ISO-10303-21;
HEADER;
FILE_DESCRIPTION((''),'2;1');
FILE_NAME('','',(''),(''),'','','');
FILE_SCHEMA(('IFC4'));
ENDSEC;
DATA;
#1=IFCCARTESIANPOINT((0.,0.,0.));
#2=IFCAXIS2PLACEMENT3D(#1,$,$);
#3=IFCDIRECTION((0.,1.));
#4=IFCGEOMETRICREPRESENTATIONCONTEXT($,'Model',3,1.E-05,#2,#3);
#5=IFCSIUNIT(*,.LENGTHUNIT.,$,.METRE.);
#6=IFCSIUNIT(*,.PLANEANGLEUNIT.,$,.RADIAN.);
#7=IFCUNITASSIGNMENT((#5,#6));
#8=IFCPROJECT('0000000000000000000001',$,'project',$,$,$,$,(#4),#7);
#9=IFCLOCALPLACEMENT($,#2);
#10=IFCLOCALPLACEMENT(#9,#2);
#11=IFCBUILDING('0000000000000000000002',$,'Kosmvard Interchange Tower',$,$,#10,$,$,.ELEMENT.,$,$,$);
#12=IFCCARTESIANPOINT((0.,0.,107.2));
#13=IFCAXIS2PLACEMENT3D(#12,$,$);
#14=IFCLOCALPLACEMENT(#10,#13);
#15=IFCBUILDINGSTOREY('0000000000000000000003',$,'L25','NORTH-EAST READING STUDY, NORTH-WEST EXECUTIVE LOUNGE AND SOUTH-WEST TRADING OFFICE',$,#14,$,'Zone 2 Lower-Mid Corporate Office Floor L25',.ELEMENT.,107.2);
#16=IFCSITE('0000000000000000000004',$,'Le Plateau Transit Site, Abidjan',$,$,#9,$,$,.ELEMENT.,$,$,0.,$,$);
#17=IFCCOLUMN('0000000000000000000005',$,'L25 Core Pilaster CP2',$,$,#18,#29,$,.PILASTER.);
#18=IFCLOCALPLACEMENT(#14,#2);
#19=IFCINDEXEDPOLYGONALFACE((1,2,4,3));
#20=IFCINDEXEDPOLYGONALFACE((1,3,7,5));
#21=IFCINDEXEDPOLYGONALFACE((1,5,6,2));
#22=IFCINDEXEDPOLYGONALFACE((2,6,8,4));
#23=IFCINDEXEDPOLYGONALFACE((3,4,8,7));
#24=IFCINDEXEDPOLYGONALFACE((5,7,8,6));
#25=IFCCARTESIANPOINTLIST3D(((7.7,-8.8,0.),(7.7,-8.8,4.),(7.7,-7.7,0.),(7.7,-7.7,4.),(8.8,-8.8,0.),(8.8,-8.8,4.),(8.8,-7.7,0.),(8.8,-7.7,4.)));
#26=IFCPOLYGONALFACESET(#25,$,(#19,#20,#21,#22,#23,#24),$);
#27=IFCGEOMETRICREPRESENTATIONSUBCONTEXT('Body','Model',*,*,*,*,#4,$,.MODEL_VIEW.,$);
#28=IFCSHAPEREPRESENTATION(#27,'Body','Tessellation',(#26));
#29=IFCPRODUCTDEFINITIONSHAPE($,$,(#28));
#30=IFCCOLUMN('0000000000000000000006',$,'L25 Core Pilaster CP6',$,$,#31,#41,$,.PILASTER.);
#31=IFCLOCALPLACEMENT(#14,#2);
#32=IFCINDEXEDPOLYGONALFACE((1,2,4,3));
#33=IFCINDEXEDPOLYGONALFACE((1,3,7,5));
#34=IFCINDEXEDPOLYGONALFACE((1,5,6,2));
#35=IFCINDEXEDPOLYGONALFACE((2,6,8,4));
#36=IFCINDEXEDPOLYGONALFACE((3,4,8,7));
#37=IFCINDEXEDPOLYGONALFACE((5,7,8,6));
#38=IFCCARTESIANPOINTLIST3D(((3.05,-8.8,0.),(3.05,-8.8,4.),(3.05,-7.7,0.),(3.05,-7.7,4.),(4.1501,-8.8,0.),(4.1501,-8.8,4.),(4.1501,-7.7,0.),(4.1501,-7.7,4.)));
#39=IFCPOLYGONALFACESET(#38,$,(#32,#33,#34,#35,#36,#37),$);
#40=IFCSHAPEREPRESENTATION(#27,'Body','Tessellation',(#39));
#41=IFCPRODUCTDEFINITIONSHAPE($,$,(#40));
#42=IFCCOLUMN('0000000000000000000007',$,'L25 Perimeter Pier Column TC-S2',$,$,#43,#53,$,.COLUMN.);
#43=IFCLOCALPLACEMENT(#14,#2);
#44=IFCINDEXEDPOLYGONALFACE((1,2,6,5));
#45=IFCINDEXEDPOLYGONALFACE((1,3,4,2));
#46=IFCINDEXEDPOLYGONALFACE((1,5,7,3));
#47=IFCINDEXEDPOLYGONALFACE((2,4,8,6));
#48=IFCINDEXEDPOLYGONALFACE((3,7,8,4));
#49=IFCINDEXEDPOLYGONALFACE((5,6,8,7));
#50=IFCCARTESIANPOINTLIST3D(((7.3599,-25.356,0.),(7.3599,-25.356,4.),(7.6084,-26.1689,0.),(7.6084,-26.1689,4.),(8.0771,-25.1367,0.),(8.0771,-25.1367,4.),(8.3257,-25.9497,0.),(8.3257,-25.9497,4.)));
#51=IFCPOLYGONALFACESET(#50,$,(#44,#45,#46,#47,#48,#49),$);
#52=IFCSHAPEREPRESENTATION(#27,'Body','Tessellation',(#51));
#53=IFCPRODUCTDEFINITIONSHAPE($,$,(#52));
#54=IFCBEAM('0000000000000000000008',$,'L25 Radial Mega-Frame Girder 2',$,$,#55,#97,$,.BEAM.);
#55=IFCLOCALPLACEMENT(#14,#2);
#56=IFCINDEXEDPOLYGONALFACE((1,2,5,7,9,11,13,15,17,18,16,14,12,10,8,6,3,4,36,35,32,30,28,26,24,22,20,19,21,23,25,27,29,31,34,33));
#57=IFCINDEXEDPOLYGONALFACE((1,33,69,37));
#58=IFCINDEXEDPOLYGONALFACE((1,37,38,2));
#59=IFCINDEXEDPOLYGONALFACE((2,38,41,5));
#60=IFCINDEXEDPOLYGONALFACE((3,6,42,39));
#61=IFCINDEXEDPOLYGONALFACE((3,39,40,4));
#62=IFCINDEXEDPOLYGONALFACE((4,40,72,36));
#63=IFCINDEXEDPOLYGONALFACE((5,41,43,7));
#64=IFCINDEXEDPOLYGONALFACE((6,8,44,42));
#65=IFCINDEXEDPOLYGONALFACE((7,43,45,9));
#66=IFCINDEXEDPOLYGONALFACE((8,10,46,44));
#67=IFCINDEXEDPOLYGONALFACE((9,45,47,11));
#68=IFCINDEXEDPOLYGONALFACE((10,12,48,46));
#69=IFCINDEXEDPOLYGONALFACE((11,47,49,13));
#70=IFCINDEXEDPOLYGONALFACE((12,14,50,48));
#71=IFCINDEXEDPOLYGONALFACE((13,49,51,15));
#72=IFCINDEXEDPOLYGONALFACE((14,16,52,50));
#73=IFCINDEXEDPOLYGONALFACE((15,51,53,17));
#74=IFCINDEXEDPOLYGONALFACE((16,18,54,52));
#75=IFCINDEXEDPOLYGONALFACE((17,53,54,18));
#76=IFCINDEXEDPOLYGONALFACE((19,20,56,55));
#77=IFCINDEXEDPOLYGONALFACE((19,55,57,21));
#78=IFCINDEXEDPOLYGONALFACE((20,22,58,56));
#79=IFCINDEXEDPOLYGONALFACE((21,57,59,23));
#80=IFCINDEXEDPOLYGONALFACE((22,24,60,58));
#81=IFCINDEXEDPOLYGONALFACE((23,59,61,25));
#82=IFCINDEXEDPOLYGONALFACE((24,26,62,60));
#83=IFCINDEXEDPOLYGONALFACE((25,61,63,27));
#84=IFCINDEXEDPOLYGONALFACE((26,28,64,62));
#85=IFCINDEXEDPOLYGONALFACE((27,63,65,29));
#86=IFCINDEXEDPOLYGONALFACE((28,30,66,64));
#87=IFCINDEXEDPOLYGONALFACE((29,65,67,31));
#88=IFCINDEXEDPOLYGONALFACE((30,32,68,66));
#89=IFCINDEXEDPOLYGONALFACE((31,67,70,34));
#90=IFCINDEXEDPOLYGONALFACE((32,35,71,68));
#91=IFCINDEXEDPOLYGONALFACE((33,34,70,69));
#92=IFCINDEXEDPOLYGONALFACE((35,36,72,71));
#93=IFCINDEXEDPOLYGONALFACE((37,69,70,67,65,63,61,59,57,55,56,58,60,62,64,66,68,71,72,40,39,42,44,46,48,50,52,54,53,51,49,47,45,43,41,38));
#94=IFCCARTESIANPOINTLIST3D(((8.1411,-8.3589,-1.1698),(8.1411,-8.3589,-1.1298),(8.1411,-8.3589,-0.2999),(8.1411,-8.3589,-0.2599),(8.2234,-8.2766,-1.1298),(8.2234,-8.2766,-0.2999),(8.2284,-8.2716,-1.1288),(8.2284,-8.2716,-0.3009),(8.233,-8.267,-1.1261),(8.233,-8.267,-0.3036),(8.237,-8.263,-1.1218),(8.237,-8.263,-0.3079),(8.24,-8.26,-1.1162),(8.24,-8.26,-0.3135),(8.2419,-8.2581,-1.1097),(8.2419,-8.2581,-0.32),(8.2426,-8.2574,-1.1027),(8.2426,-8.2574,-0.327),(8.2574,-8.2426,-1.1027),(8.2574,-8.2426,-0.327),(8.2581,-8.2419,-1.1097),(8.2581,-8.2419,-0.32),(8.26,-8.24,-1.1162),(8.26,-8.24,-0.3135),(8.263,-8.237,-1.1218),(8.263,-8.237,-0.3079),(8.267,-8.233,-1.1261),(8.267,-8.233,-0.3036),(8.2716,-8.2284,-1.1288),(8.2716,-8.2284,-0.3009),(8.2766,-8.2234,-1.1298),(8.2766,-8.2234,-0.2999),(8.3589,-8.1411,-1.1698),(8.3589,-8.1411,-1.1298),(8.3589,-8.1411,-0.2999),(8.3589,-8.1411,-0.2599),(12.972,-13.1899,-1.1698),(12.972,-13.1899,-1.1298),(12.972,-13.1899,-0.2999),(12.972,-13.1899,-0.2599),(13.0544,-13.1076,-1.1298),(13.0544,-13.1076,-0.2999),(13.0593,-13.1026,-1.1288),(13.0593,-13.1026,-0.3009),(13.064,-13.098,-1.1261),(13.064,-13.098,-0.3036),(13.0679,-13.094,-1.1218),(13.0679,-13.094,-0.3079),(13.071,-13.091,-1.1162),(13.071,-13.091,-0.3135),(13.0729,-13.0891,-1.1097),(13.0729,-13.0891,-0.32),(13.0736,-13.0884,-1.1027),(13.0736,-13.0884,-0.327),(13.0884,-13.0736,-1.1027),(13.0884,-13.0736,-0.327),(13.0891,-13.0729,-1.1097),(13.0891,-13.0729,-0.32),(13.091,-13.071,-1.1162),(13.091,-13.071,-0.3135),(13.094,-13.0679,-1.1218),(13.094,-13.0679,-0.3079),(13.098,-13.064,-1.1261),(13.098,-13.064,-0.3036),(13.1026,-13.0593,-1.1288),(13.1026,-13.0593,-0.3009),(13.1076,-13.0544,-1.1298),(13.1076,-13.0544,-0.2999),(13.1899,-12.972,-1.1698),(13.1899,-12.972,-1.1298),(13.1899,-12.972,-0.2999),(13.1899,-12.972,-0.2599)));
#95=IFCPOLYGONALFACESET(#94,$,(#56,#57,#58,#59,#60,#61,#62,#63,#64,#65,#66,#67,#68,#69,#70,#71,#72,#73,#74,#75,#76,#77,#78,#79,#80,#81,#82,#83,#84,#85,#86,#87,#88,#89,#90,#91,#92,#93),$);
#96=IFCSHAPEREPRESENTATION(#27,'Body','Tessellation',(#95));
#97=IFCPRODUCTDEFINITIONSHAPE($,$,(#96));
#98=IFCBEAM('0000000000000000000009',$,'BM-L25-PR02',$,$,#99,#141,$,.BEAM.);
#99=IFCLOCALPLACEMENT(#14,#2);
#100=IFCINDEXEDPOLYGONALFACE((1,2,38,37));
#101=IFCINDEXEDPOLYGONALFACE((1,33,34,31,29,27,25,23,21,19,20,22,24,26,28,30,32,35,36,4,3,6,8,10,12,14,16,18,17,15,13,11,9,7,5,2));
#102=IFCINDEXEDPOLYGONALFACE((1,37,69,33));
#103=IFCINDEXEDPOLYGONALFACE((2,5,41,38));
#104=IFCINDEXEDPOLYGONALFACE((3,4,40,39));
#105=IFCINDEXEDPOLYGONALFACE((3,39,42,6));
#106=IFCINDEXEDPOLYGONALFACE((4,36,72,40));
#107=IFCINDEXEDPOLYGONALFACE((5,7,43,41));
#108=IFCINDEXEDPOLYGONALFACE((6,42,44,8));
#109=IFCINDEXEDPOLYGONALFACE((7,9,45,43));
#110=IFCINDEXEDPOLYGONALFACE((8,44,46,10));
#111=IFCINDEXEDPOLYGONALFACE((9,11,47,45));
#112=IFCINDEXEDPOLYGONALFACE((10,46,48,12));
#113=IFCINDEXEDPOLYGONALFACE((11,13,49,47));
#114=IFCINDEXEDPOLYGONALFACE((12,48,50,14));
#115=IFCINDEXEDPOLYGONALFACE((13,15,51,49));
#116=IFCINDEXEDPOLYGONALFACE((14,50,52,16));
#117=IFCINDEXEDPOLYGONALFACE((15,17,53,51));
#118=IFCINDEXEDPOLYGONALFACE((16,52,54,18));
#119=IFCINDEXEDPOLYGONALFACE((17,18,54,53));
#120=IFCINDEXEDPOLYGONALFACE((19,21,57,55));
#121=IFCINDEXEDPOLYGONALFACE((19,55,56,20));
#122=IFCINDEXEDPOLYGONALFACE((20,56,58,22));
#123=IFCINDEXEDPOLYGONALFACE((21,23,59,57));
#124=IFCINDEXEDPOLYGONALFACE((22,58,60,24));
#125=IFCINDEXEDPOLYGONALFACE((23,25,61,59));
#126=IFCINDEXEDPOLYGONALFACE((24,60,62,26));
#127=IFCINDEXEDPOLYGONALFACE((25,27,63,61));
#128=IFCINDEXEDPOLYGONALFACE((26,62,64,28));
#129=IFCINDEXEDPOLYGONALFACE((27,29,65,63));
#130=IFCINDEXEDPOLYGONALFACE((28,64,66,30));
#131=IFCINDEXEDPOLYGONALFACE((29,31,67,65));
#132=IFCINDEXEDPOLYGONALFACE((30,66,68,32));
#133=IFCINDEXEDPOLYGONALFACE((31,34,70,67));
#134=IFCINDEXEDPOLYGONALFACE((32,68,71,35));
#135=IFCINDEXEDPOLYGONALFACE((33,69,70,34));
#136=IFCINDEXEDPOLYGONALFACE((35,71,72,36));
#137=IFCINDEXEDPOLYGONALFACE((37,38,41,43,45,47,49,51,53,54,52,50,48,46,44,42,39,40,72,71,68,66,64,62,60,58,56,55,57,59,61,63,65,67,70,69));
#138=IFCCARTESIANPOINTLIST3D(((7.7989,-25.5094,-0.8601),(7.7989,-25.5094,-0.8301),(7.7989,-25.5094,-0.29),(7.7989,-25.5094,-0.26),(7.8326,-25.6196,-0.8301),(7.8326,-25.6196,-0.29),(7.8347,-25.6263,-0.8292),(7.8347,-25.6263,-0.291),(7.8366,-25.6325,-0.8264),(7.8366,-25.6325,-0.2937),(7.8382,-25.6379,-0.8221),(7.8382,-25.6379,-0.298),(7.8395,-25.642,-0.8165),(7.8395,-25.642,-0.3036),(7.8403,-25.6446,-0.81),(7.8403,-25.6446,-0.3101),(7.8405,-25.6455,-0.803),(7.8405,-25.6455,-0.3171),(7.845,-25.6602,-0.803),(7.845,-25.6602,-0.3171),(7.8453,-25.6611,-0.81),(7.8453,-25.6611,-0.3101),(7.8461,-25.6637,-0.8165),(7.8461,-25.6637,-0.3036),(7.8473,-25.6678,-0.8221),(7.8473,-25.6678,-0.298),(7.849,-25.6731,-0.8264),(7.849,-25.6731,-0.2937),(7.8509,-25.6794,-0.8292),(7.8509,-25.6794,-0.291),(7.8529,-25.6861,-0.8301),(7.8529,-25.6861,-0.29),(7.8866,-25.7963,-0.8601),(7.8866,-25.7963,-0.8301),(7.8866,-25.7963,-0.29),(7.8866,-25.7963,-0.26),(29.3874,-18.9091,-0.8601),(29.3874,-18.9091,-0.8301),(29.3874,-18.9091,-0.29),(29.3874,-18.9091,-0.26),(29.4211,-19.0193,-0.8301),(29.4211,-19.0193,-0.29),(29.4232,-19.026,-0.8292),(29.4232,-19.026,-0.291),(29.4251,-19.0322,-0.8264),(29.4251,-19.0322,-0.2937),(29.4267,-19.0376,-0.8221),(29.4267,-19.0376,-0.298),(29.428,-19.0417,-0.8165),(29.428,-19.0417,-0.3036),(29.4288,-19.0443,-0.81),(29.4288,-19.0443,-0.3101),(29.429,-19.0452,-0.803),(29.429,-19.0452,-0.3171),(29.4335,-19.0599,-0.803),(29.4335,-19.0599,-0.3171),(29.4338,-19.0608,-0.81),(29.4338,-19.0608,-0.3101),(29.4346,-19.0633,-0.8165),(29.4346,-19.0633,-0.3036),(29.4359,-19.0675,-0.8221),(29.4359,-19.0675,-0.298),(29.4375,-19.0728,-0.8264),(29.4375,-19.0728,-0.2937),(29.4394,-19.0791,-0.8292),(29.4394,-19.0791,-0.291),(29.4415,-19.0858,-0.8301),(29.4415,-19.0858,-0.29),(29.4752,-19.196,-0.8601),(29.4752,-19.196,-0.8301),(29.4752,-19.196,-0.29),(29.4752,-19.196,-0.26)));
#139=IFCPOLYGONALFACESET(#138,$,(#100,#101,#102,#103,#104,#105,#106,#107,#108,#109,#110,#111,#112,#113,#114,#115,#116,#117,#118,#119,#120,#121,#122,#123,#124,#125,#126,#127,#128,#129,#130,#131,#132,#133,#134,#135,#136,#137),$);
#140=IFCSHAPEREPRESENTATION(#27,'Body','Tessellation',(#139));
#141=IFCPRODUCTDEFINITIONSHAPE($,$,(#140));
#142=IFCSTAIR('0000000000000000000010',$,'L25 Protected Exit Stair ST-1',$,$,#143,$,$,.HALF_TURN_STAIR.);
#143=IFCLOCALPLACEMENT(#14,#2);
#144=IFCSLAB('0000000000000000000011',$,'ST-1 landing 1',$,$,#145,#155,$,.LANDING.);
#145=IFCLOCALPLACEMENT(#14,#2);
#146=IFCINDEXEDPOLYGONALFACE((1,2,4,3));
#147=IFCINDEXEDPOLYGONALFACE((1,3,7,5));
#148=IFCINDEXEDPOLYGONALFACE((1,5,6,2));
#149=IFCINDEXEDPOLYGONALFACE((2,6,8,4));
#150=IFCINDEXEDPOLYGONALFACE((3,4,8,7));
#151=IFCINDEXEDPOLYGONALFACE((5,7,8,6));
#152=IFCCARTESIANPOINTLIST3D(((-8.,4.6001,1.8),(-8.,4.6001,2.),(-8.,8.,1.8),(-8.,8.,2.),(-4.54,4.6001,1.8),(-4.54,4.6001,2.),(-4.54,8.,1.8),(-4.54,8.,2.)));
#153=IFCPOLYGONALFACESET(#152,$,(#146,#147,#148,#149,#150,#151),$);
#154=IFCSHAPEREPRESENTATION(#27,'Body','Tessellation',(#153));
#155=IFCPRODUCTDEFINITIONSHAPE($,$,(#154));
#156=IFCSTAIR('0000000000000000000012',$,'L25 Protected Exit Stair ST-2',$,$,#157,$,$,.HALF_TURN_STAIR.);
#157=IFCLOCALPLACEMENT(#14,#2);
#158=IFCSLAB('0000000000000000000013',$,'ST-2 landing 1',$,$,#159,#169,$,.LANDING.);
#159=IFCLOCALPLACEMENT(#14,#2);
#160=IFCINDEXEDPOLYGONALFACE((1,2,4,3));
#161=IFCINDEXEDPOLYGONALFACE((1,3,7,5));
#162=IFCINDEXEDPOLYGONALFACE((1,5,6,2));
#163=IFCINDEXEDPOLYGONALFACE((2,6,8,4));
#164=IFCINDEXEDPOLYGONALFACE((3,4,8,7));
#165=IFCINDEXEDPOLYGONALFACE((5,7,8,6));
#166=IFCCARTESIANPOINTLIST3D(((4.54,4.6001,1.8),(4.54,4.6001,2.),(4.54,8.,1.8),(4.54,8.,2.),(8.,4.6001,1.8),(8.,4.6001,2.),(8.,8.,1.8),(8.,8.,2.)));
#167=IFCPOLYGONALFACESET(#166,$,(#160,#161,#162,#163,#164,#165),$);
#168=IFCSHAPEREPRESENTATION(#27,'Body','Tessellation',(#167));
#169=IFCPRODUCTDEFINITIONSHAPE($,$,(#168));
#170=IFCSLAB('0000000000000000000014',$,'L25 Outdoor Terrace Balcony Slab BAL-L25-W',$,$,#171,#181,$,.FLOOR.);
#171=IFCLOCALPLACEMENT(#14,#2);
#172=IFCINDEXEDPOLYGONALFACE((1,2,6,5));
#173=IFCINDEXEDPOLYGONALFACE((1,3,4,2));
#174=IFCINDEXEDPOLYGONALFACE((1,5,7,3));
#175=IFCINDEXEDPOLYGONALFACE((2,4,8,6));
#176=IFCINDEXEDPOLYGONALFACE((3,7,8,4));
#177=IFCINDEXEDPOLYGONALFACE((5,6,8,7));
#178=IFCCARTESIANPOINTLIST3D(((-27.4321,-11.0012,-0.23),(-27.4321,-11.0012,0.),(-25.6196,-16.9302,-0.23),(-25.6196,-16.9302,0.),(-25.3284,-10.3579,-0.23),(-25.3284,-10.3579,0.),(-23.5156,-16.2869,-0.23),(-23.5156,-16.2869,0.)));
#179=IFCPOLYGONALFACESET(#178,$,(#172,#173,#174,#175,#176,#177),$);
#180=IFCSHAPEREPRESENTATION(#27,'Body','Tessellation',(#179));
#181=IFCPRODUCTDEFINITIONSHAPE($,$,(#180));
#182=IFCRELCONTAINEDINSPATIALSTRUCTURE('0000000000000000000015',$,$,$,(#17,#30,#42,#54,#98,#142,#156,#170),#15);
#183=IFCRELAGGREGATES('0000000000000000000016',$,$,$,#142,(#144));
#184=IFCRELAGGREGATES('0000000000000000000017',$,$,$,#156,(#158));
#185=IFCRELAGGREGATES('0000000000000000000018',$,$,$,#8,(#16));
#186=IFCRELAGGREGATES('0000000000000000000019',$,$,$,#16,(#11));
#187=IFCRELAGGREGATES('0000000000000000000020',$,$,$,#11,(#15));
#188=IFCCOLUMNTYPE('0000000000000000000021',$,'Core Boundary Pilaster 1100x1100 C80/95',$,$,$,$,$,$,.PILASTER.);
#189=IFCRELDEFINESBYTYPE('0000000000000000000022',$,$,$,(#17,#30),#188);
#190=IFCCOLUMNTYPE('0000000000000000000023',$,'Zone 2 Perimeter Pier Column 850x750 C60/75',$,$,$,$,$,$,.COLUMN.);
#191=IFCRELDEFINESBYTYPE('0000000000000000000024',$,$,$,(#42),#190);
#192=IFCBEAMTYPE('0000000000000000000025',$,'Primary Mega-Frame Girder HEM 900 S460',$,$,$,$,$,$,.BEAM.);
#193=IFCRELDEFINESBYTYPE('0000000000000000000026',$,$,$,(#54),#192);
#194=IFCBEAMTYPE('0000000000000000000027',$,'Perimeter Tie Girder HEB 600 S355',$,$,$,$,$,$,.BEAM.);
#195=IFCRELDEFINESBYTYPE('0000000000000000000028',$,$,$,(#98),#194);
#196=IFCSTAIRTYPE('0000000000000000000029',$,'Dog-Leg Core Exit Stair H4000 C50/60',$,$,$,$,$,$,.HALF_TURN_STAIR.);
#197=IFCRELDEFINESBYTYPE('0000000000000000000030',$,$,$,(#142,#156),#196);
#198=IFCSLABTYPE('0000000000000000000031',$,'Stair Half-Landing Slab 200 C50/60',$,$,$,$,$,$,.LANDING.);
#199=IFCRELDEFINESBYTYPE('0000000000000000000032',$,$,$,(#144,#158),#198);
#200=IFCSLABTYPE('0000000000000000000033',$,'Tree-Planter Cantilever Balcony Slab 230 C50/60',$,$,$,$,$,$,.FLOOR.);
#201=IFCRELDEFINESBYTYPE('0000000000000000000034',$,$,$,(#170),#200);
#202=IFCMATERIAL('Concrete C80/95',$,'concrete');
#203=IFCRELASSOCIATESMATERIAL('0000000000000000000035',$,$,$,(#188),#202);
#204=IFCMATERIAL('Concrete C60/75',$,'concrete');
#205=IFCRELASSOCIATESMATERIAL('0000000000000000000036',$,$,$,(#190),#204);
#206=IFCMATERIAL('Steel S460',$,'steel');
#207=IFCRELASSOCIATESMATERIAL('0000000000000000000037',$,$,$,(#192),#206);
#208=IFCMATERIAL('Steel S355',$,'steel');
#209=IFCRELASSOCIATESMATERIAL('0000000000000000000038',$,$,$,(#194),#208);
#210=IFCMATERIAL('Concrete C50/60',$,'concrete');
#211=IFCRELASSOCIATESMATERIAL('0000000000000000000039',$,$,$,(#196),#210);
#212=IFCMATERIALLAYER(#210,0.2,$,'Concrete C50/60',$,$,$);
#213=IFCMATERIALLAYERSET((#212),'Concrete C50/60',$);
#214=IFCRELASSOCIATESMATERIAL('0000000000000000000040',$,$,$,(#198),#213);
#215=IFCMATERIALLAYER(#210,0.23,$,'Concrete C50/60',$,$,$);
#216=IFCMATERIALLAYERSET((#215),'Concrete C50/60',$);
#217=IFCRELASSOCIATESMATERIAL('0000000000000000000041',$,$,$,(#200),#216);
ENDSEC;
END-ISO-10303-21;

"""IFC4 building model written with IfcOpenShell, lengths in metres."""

from ifc_helpers import new_model, si_unit, direction, frame, origin, origin_2d, place, context, subcontext, project, spatial, polyline, rectangle, i_section, outline, extrude, source, transform, mapped, material, layer, layer_set, material_profile, profile_set, type_object, element, aggregate, save


model = new_model("IFC4")

# Units and contexts
model_context = context("Model", 3, precision=1e-05, world=origin(), true_north=direction((0.0, 1.0)))
body_context = subcontext(model_context, "Body", "Model", "MODEL_VIEW")
ifc_project = project(units=[si_unit("LENGTHUNIT", "METRE"), si_unit("PLANEANGLEUNIT", "RADIAN")], contexts=[model_context])

# Site, building, storey
site_placement = place(None, origin())
site = spatial("IfcSite", under=ifc_project, at=site_placement, Name="Le Plateau Transit Site, Abidjan", CompositionType="ELEMENT", RefElevation=0.0)
building_placement = place(site_placement, origin())
building = spatial("IfcBuilding", under=site, at=building_placement, Name="Kosmvard Interchange Tower", CompositionType="ELEMENT")
storey_placement = place(building_placement, frame((0.0, 0.0, 107.2)))
storey = spatial("IfcBuildingStorey", under=building, at=storey_placement, Name="L25", Description="NORTH-EAST READING STUDY, NORTH-WEST EXECUTIVE LOUNGE AND SOUTH-WEST TRADING OFFICE", LongName="Zone 2 Lower-Mid Corporate Office Floor L25", CompositionType="ELEMENT", Elevation=107.2)

# Columns
ifc_material_1 = material(Name="Concrete C80/95", Category="concrete")
ifc_material_profile_1 = material_profile(ifc_material_1, rectangle(XDim=1.1001, YDim=1.1001, at=origin_2d()), Name="CP 1100x1100")
ifc_profile_set_1 = profile_set([ifc_material_profile_1], Name="Concrete C80/95")
column_type_1 = type_object("IfcColumnType", Name="Core Boundary Pilaster 1100x1100 C80/95", PredefinedType="PILASTER", material=ifc_profile_set_1)
shared_shape_1 = source(origin(), body_context, "Body", "SweptSolid", [
    extrude(rectangle(XDim=1.1001, YDim=1.1001, at=origin_2d()), origin(), (0.0, 0.0, 1.0), 4.0),
])
for number, where, z_axis, x_axis, name in (
    (1, (8.25, -8.25, 0.0), (0.0, 0.0, 1.0), (1.0, 0.0, 0.0), "L25 Core Pilaster CP2"),
    (2, (3.6001, -8.25, 0.0), (0.0, 0.0, 1.0), (1.0, 0.0, 0.0), "L25 Core Pilaster CP6"),
):
    element("IfcColumn", number, at=place(storey_placement, frame(where, z_axis=z_axis, x_axis=x_axis)), inside=storey, type_object=column_type_1, Name=name, PredefinedType="PILASTER", context=body_context, shape_type="MappedRepresentation", body=[
        mapped(shared_shape_1, transform((0.0, 0.0, 0.0), scale=1.0)),
    ])
ifc_material_2 = material(Name="Concrete C60/75", Category="concrete")
ifc_material_profile_2 = material_profile(ifc_material_2, rectangle(XDim=0.75, YDim=0.8501, at=origin_2d()), Name="TC 850x750")
ifc_profile_set_2 = profile_set([ifc_material_profile_2], Name="Concrete C60/75")
column_type_2 = type_object("IfcColumnType", Name="Zone 2 Perimeter Pier Column 850x750 C60/75", PredefinedType="COLUMN", material=ifc_profile_set_2)
shared_shape_2 = source(origin(), body_context, "Body", "SweptSolid", [
    extrude(rectangle(XDim=0.75, YDim=0.8501, at=origin_2d()), origin(), (0.0, 0.0, 1.0), 4.0),
])
column_placement = place(storey_placement, frame((7.8428, -25.6528, 0.0), z_axis=(0.0, 0.0, 1.0), x_axis=(0.956305, 0.292372, 0.0)))
element("IfcColumn", 3, at=column_placement, inside=storey, type_object=column_type_2, Name="L25 Perimeter Pier Column TC-S2", PredefinedType="COLUMN", context=body_context, shape_type="MappedRepresentation", body=[
    mapped(shared_shape_2, transform((0.0, 0.0, 0.0), scale=1.0)),
])

# Beams
ifc_material_3 = material(Name="Steel S460", Category="steel")
ifc_material_profile_3 = material_profile(ifc_material_3, i_section(OverallWidth=0.3081, OverallDepth=0.9099, WebThickness=0.021, FlangeThickness=0.04, FilletRadius=0.0271, at=origin_2d()), Name="HEM 900")
ifc_profile_set_3 = profile_set([ifc_material_profile_3], Name="Steel S460")
beam_type_1 = type_object("IfcBeamType", Name="Primary Mega-Frame Girder HEM 900 S460", PredefinedType="BEAM", material=ifc_profile_set_3)
shared_shape_3 = source(origin(), body_context, "Body", "SweptSolid", [
    extrude(i_section(OverallWidth=0.3081, OverallDepth=0.9099, WebThickness=0.021, FlangeThickness=0.04, FilletRadius=0.0271, at=origin_2d()), origin(), (0.0, 0.0, 1.0), 6.832),
])
beam_1_placement = place(storey_placement, frame((8.25, -8.25, -0.7148), z_axis=(0.707107, -0.707107, 0.0), x_axis=(0.707107, 0.707107, 0.0)))
element("IfcBeam", 4, at=beam_1_placement, inside=storey, type_object=beam_type_1, Name="L25 Radial Mega-Frame Girder 2", PredefinedType="BEAM", context=body_context, shape_type="MappedRepresentation", body=[
    mapped(shared_shape_3, transform((0.0, 0.0, 0.0), scale=1.0)),
])
ifc_material_4 = material(Name="Steel S355", Category="steel")
ifc_material_profile_4 = material_profile(ifc_material_4, i_section(OverallWidth=0.3, OverallDepth=0.6001, WebThickness=0.0154, FlangeThickness=0.03, FilletRadius=0.0271, at=origin_2d()), Name="HEB 600")
ifc_profile_set_4 = profile_set([ifc_material_profile_4], Name="Steel S355")
beam_type_2 = type_object("IfcBeamType", Name="Perimeter Tie Girder HEB 600 S355", PredefinedType="BEAM", material=ifc_profile_set_4)
shared_shape_4 = source(origin(), body_context, "Body", "SweptSolid", [
    extrude(i_section(OverallWidth=0.3, OverallDepth=0.6001, WebThickness=0.0154, FlangeThickness=0.03, FilletRadius=0.0271, at=origin_2d()), origin(), (0.0, 0.0, 1.0), 22.575),
])
beam_2_placement = place(storey_placement, frame((7.8428, -25.6528, -0.5601), z_axis=(0.956304, 0.292373, 0.0), x_axis=(-0.292373, 0.956304, 0.0)))
element("IfcBeam", 5, at=beam_2_placement, inside=storey, type_object=beam_type_2, Name="BM-L25-PR02", PredefinedType="BEAM", context=body_context, shape_type="MappedRepresentation", body=[
    mapped(shared_shape_4, transform((0.0, 0.0, 0.0), scale=1.0)),
])

# Stairs, slabs
ifc_material_5 = material(Name="Concrete C50/60", Category="concrete")
stair_type = type_object("IfcStairType", Name="Dog-Leg Core Exit Stair H4000 C50/60", PredefinedType="HALF_TURN_STAIR", material=ifc_material_5)
stair_1_placement = place(storey_placement, origin())
stair_1 = element("IfcStair", 6, at=stair_1_placement, inside=storey, type_object=stair_type, Name="L25 Protected Exit Stair ST-1", PredefinedType="HALF_TURN_STAIR")
ifc_layer_1 = layer(ifc_material_5, 0.2, Name="Concrete C50/60")
ifc_layer_set_1 = layer_set([ifc_layer_1], Name="Concrete C50/60")
slab_type_1 = type_object("IfcSlabType", Name="Stair Half-Landing Slab 200 C50/60", PredefinedType="LANDING", material=ifc_layer_set_1)
slab_1_placement = place(storey_placement, frame((0.0, 0.0, 1.8)))
slab_1 = element("IfcSlab", 7, at=slab_1_placement, type_object=slab_type_1, Name="ST-1 landing 1", PredefinedType="LANDING", context=body_context, shape_type="SweptSolid", body=[
    extrude(outline(polyline([(-4.54, 4.6001), (-4.54, 8.0), (-8.0, 8.0), (-8.0, 4.6001), (-4.54, 4.6001)])), origin(), (0.0, 0.0, 1.0), 0.2),
])
aggregate(stair_1, [slab_1])
stair_2_placement = place(storey_placement, origin())
stair_2 = element("IfcStair", 8, at=stair_2_placement, inside=storey, type_object=stair_type, Name="L25 Protected Exit Stair ST-2", PredefinedType="HALF_TURN_STAIR")
slab_2_placement = place(storey_placement, frame((0.0, 0.0, 1.8)))
slab_2 = element("IfcSlab", 9, at=slab_2_placement, type_object=slab_type_1, Name="ST-2 landing 1", PredefinedType="LANDING", context=body_context, shape_type="SweptSolid", body=[
    extrude(outline(polyline([(8.0, 4.6001), (8.0, 8.0), (4.54, 8.0), (4.54, 4.6001), (8.0, 4.6001)])), origin(), (0.0, 0.0, 1.0), 0.2),
])
aggregate(stair_2, [slab_2])

# Slab
ifc_layer_2 = layer(ifc_material_5, 0.23, Name="Concrete C50/60")
ifc_layer_set_2 = layer_set([ifc_layer_2], Name="Concrete C50/60")
slab_type_2 = type_object("IfcSlabType", Name="Tree-Planter Cantilever Balcony Slab 230 C50/60", PredefinedType="FLOOR", material=ifc_layer_set_2)
slab_3_placement = place(storey_placement, frame((0.0, 0.0, -0.23)))
element("IfcSlab", 10, at=slab_3_placement, inside=storey, type_object=slab_type_2, Name="L25 Outdoor Terrace Balcony Slab BAL-L25-W", PredefinedType="FLOOR", context=body_context, shape_type="SweptSolid", body=[
    extrude(outline(polyline([(-25.6196, -16.9302), (-23.5156, -16.2869), (-25.3284, -10.3579), (-27.4321, -11.0012), (-25.6196, -16.9302)])), origin(), (0.0, 0.0, 1.0), 0.23),
])

save(model, "model.ifc")
